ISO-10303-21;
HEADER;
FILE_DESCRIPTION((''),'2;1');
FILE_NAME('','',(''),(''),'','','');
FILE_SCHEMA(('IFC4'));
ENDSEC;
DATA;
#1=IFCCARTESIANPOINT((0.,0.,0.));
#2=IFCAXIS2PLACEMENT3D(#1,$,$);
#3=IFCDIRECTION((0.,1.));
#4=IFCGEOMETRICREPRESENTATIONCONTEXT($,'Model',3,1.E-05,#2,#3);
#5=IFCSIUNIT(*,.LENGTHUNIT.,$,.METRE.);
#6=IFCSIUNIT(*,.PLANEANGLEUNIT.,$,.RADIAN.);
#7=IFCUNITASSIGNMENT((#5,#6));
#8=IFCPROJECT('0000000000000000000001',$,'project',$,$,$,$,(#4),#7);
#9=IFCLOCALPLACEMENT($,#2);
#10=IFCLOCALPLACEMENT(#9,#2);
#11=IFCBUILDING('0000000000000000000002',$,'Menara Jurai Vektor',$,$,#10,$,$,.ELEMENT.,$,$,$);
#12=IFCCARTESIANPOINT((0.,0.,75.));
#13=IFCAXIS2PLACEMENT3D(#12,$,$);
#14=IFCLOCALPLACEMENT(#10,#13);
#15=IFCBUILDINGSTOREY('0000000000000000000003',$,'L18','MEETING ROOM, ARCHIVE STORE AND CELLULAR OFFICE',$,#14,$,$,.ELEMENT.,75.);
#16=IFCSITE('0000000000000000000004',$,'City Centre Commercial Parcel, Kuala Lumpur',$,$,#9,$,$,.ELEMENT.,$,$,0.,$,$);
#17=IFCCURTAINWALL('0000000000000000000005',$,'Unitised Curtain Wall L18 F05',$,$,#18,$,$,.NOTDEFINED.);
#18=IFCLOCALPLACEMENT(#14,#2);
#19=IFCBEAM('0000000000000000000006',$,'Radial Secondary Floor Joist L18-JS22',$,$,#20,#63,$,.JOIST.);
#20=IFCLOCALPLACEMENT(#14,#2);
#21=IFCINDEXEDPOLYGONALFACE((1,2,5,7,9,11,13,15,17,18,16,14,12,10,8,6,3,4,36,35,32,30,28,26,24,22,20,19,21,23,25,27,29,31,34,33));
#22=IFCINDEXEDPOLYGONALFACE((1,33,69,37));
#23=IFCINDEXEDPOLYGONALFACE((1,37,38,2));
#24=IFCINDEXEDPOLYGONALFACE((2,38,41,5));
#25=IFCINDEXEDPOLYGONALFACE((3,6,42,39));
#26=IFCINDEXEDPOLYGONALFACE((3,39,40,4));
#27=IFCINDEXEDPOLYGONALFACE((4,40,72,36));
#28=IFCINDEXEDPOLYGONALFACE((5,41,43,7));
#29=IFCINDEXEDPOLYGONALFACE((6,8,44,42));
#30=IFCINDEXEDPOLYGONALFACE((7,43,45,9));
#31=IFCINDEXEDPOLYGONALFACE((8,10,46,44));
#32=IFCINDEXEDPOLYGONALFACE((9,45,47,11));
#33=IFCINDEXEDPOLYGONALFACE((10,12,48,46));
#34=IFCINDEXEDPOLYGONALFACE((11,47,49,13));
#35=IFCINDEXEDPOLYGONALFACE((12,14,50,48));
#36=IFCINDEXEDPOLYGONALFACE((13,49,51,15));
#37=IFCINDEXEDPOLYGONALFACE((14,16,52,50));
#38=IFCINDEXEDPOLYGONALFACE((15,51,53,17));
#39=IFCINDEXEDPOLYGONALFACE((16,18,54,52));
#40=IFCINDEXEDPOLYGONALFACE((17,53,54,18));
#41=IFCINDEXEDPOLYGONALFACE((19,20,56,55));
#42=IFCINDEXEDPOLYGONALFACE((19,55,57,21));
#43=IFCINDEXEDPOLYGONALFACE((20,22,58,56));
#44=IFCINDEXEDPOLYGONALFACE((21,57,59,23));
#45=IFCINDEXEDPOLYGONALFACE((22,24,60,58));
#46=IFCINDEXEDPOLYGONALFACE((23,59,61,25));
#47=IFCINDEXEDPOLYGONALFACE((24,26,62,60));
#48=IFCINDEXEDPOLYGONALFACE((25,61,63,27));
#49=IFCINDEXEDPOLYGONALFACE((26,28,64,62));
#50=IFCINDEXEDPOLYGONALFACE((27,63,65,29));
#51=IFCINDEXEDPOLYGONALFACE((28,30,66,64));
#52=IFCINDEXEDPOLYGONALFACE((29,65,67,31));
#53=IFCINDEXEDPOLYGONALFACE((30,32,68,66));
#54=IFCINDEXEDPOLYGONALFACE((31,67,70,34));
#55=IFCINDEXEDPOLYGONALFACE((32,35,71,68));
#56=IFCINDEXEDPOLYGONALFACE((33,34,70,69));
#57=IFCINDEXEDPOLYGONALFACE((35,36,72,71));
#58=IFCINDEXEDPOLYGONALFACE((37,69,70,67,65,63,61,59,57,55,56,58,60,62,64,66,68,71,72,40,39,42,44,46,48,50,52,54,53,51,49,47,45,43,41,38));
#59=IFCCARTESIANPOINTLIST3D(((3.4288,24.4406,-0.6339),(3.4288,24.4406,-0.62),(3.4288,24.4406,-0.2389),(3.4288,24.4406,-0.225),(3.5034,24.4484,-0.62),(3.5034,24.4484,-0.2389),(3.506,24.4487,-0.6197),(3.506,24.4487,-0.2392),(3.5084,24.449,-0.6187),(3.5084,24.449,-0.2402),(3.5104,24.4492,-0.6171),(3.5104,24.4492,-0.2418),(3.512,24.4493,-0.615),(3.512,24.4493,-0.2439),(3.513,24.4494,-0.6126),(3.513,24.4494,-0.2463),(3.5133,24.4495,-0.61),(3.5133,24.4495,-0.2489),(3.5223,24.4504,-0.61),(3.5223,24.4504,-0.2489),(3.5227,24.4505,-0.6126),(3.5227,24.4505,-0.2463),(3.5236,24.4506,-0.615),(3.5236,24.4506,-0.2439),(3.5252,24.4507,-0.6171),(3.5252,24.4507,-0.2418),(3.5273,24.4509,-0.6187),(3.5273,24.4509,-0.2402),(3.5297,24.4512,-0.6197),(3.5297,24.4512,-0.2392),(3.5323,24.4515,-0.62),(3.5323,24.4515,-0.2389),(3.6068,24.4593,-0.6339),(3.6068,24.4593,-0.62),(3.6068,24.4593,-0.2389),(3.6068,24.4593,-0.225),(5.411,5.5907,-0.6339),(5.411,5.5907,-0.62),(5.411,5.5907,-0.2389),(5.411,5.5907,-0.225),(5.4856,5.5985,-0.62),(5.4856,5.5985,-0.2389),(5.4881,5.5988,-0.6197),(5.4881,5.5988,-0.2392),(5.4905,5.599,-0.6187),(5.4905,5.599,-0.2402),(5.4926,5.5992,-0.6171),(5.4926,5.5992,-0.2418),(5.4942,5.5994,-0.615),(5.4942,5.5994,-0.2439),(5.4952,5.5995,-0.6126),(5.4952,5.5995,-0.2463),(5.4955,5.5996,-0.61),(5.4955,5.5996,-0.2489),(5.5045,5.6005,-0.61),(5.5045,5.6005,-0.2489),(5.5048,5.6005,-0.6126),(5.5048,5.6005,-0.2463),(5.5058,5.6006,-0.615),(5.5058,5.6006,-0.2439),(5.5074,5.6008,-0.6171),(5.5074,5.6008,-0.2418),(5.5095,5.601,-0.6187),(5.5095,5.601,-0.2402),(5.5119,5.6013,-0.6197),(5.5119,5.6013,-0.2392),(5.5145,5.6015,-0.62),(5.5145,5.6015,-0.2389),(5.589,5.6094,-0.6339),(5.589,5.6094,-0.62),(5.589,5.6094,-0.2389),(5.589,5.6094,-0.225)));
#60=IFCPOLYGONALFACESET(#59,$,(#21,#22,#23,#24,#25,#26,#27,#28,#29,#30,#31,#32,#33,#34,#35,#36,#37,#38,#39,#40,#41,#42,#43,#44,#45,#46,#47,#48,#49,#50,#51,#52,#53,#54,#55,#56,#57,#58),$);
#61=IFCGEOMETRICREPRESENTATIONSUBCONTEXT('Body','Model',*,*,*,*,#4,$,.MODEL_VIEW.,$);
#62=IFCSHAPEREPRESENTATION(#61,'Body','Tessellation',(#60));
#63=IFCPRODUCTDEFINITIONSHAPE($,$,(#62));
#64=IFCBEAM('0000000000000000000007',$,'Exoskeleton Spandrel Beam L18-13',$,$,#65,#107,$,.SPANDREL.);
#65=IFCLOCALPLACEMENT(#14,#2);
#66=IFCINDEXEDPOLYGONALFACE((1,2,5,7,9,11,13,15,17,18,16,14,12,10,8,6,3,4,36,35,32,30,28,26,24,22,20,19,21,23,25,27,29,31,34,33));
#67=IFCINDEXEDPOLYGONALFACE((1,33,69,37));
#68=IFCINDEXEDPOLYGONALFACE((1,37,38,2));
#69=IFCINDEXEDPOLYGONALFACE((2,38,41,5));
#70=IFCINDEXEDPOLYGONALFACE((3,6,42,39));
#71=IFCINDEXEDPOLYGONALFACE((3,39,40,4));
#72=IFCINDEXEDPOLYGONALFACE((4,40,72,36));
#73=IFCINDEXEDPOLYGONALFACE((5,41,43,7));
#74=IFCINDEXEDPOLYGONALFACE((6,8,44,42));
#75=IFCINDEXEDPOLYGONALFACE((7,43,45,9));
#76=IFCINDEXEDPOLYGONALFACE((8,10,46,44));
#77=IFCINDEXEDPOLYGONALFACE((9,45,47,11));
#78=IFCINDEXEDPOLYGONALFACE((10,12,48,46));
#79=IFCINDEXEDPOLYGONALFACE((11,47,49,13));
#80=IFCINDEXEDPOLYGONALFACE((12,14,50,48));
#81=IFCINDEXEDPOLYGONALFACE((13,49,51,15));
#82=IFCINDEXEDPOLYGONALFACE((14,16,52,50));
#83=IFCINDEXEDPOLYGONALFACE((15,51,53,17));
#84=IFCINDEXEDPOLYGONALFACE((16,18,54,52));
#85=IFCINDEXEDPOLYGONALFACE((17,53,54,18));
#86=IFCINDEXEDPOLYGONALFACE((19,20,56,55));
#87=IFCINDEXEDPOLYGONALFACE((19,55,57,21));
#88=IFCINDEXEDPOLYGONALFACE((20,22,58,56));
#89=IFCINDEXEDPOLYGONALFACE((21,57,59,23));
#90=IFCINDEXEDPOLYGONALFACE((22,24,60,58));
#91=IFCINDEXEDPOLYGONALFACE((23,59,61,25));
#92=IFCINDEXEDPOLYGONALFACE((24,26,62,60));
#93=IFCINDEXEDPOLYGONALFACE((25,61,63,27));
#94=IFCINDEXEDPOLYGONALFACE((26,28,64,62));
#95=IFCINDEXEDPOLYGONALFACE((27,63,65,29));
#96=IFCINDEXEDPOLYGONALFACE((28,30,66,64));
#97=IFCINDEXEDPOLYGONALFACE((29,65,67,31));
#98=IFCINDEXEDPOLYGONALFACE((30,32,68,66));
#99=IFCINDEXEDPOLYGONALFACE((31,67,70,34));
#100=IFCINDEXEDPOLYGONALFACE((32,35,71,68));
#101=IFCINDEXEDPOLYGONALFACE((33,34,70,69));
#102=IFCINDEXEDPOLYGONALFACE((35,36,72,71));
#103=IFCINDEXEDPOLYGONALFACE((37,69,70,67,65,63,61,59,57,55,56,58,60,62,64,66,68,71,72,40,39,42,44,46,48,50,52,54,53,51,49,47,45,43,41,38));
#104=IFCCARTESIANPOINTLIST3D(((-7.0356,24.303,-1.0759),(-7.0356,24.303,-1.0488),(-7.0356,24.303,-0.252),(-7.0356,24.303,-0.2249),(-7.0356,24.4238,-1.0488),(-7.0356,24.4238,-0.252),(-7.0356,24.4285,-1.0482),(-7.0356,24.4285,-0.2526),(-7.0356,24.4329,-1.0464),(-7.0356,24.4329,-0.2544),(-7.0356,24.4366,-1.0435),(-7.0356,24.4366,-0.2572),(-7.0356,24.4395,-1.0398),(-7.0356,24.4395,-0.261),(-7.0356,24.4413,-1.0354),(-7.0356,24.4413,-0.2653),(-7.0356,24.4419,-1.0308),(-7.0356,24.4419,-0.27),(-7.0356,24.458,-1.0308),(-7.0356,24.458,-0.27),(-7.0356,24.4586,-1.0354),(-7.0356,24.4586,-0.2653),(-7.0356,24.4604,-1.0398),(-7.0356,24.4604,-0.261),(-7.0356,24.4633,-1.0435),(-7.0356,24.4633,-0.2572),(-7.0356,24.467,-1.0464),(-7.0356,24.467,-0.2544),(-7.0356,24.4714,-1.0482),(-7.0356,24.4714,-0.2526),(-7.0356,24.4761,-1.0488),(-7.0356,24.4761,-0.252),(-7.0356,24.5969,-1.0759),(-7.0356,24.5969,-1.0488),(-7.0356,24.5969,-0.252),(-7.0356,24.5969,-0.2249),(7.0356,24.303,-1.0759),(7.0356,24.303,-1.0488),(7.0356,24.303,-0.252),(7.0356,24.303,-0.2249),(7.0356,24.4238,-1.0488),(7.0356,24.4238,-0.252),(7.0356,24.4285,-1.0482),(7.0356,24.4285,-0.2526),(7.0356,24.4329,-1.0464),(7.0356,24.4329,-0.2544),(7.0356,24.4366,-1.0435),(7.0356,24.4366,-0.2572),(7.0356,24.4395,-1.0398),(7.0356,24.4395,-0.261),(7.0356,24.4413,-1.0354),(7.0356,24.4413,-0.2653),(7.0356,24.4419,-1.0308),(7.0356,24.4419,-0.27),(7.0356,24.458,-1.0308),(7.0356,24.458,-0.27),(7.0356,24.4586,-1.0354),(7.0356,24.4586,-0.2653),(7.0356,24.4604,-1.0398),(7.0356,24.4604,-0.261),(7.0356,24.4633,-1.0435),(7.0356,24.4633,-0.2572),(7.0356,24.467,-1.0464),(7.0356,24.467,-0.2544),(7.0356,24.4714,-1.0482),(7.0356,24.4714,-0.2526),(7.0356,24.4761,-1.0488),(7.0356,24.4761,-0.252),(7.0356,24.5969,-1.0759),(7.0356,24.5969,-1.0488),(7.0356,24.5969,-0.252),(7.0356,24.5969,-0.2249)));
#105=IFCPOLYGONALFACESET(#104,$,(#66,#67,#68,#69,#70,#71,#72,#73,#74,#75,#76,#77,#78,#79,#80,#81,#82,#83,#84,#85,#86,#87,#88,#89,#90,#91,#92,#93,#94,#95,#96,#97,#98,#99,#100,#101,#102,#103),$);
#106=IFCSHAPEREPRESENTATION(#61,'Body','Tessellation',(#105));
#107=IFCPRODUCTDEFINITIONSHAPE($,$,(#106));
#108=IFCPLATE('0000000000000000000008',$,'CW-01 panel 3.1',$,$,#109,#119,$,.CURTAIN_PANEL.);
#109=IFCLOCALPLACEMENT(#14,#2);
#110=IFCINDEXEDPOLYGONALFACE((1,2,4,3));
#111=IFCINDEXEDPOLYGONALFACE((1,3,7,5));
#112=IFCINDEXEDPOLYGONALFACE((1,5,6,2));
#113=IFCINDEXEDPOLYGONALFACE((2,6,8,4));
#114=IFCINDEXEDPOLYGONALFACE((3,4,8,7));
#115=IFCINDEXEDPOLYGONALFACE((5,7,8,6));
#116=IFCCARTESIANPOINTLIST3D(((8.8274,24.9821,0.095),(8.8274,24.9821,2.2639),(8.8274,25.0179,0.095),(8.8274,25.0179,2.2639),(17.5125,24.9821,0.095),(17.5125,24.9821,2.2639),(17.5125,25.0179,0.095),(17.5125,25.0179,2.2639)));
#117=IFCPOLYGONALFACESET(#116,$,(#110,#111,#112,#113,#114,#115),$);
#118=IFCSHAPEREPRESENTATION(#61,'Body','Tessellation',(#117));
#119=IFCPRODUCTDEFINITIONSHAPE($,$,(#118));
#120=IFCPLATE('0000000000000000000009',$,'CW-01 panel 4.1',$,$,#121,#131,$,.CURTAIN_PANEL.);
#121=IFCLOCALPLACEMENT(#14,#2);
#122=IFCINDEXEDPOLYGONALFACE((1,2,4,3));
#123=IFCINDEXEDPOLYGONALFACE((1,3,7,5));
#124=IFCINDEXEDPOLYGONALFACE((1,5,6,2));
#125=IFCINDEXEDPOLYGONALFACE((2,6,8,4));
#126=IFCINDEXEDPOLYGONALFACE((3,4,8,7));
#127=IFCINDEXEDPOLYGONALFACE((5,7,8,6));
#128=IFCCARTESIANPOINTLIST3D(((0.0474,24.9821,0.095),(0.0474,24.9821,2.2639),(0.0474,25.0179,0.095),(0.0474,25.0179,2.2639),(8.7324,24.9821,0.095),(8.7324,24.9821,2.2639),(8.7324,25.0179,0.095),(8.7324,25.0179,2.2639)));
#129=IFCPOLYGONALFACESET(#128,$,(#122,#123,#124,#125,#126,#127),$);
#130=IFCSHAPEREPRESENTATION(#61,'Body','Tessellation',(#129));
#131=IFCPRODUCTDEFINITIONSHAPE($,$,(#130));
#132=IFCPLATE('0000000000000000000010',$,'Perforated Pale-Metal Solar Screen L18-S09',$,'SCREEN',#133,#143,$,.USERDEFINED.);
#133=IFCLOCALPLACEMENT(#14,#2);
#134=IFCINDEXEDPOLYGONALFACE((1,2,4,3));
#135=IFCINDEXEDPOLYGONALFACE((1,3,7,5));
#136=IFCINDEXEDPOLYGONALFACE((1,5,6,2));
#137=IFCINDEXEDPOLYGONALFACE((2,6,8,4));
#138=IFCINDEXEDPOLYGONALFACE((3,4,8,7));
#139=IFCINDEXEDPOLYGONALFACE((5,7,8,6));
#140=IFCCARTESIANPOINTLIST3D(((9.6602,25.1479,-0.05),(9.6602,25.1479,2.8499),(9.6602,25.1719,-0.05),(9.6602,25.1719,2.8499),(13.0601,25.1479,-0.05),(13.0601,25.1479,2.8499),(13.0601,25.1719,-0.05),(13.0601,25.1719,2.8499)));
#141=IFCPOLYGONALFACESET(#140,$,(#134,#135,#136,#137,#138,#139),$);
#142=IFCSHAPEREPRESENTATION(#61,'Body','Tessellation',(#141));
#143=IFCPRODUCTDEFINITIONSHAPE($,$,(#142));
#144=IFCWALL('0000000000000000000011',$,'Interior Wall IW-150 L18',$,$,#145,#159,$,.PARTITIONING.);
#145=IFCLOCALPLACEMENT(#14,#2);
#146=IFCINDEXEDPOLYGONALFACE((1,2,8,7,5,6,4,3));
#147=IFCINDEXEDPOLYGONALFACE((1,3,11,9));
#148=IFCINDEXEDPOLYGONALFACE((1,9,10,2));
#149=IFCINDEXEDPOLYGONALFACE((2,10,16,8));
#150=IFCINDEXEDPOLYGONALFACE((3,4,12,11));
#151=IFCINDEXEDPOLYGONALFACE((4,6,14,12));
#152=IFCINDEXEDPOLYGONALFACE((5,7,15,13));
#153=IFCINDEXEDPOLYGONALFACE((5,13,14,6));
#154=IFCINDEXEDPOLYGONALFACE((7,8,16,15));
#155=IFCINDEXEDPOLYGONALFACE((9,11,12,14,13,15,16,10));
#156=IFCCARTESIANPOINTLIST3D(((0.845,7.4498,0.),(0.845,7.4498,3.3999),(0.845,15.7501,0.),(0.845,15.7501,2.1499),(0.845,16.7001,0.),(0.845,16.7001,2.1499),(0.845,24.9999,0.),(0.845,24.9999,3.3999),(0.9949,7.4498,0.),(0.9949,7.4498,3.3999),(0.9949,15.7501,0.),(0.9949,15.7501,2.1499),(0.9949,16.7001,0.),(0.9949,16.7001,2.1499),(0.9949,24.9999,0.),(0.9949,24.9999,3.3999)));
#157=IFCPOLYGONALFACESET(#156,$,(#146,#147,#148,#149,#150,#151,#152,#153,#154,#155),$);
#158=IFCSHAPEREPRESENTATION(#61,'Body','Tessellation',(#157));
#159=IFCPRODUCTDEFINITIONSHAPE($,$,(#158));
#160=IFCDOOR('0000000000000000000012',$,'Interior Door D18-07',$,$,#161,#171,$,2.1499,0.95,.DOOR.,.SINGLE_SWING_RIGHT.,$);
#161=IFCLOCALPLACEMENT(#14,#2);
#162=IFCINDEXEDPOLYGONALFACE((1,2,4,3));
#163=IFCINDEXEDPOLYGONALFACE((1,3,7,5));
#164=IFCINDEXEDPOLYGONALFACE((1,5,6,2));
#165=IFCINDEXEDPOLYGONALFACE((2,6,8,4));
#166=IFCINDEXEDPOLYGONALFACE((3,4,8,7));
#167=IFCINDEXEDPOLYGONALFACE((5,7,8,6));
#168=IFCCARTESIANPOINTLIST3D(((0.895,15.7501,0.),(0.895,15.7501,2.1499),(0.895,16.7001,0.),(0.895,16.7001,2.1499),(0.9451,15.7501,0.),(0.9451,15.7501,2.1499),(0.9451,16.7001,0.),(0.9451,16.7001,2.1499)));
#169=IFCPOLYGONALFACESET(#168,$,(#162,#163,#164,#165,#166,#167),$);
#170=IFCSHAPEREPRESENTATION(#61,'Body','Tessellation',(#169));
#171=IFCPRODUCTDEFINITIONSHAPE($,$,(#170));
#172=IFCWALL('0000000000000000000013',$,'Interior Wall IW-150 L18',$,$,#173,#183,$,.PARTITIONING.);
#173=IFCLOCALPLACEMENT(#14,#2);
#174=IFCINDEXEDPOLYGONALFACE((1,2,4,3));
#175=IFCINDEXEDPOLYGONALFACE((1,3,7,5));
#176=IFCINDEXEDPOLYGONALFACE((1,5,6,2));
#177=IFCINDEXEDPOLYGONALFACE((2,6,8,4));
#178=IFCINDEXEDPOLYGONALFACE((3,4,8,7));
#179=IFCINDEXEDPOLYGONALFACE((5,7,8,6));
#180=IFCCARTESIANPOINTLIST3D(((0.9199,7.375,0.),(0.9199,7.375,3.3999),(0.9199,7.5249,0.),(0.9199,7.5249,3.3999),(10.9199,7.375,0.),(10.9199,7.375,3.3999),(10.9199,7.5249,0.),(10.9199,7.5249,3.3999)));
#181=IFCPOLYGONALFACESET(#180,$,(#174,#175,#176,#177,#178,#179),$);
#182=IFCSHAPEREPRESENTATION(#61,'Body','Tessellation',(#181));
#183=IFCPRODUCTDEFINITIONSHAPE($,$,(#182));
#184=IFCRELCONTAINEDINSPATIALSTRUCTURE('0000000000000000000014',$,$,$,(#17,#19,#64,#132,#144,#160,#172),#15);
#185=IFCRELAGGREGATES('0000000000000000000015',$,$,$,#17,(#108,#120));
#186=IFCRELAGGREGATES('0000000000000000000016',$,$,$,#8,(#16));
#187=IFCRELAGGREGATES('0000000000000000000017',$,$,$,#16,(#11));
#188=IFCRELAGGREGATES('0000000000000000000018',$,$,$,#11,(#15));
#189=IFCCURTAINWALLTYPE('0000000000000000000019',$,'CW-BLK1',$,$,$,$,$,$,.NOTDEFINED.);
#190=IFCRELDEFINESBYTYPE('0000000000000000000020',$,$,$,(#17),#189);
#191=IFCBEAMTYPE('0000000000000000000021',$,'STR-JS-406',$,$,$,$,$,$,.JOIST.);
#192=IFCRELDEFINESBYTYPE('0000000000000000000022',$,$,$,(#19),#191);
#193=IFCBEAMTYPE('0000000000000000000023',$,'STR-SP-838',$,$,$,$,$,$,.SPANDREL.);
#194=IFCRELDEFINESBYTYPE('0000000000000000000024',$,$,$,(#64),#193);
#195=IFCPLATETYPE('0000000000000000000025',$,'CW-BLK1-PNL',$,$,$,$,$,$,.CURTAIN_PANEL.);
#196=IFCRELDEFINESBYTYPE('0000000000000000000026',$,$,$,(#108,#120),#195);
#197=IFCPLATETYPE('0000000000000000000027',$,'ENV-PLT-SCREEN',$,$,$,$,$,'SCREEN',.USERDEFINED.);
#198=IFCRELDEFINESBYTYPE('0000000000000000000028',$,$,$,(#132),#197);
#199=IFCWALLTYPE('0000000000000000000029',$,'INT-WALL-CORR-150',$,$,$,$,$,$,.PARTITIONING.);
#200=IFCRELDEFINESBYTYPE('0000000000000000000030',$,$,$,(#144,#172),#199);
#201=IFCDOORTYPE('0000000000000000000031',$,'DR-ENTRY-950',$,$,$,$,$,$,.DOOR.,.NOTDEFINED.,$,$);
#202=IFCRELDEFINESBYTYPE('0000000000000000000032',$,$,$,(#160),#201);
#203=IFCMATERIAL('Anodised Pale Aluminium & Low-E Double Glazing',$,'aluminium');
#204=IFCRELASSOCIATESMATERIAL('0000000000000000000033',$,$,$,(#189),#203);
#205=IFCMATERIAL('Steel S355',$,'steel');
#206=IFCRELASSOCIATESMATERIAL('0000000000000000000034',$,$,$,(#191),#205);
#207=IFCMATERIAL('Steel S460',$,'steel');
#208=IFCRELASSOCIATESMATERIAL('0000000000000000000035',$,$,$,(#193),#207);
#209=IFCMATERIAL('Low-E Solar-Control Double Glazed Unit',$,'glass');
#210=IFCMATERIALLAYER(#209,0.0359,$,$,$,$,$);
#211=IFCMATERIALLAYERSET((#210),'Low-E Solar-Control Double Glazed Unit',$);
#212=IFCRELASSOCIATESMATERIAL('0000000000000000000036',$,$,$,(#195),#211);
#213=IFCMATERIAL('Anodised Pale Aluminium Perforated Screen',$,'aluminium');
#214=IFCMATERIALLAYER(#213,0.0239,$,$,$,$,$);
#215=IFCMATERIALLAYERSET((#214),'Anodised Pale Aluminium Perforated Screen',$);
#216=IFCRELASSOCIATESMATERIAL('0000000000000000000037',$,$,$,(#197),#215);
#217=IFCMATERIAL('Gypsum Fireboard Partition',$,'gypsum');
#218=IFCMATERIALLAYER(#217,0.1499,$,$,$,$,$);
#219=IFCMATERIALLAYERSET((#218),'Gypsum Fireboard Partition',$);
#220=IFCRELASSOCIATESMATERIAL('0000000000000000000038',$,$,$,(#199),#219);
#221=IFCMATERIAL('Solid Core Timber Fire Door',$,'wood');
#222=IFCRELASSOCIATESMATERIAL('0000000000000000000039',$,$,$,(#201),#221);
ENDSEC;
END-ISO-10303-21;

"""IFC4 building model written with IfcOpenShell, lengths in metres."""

from ifc_helpers import new_model, si_unit, direction, frame, frame_2d, origin, origin_2d, place, context, subcontext, project, spatial, rectangle, i_section, extrude, material, layer, layer_set, material_profile, profile_set, type_object, element, fill, aggregate, save


model = new_model("IFC4")

# Units and contexts
model_context = context("Model", 3, precision=1e-05, world=origin(), true_north=direction((0.0, 1.0)))
body_context = subcontext(model_context, "Body", "Model", "MODEL_VIEW")
ifc_project = project(units=[si_unit("LENGTHUNIT", "METRE"), si_unit("PLANEANGLEUNIT", "RADIAN")], contexts=[model_context])

# Site, building, storey
site_placement = place(None, origin())
site = spatial("IfcSite", under=ifc_project, at=site_placement, Name="City Centre Commercial Parcel, Kuala Lumpur", CompositionType="ELEMENT", RefElevation=0.0)
building_placement = place(site_placement, origin())
building = spatial("IfcBuilding", under=site, at=building_placement, Name="Menara Jurai Vektor", CompositionType="ELEMENT")
storey_placement = place(building_placement, frame((0.0, 0.0, 75.0)))
storey = spatial("IfcBuildingStorey", under=building, at=storey_placement, Name="L18", Description="MEETING ROOM, ARCHIVE STORE AND CELLULAR OFFICE", CompositionType="ELEMENT", Elevation=75.0)

# Shared definitions
ifc_material_1 = material(Name="Steel S355", Category="steel")
ifc_material_2 = material(Name="Steel S460", Category="steel")

# Curtain wall
ifc_material_3 = material(Name="Anodised Pale Aluminium & Low-E Double Glazing", Category="aluminium")
curtain_wall_type = type_object("IfcCurtainWallType", Name="CW-BLK1", PredefinedType="NOTDEFINED", material=ifc_material_3)
curtain_wall_placement = place(storey_placement, origin())
curtain_wall = element("IfcCurtainWall", 1, at=curtain_wall_placement, inside=storey, type_object=curtain_wall_type, Name="Unitised Curtain Wall L18 F05", PredefinedType="NOTDEFINED")

# Beams
ifc_material_profile_1 = material_profile(ifc_material_1, i_section(OverallWidth=0.179, OverallDepth=0.4089, WebThickness=0.009, FlangeThickness=0.0139, FilletRadius=0.01, at=origin_2d()), Name="UKB 406x178x67")
ifc_profile_set_1 = profile_set([ifc_material_profile_1], Name="Steel S355")
beam_type_1 = type_object("IfcBeamType", Name="STR-JS-406", PredefinedType="JOIST", material=ifc_profile_set_1)
beam_1_placement = place(storey_placement, frame((3.5178, 24.45, -0.4294), z_axis=(0.10458, -0.994517, 0.0), x_axis=(0.994517, 0.10458, 0.0)))
element("IfcBeam", 2, at=beam_1_placement, inside=storey, type_object=beam_type_1, Name="Radial Secondary Floor Joist L18-JS22", PredefinedType="JOIST", context=body_context, shape_type="SweptSolid", body=[
    extrude(i_section(OverallWidth=0.179, OverallDepth=0.4089, WebThickness=0.009, FlangeThickness=0.0139, FilletRadius=0.01, at=origin_2d()), origin(), (0.0, 0.0, 1.0), 18.9539),
])
ifc_material_profile_2 = material_profile(ifc_material_2, i_section(OverallWidth=0.2939, OverallDepth=0.8511, WebThickness=0.0161, FlangeThickness=0.0271, FilletRadius=0.0181, at=origin_2d()), Name="UKB 838x292x226")
ifc_profile_set_2 = profile_set([ifc_material_profile_2], Name="Steel S460")
beam_type_2 = type_object("IfcBeamType", Name="STR-SP-838", PredefinedType="SPANDREL", material=ifc_profile_set_2)
beam_2_placement = place(storey_placement, frame((7.0356, 24.45, -0.6504), z_axis=(-1.0, 0.0, 0.0), x_axis=(0.0, -1.0, 0.0)))
element("IfcBeam", 3, at=beam_2_placement, inside=storey, type_object=beam_type_2, Name="Exoskeleton Spandrel Beam L18-13", PredefinedType="SPANDREL", context=body_context, shape_type="SweptSolid", body=[
    extrude(i_section(OverallWidth=0.2939, OverallDepth=0.8511, WebThickness=0.0161, FlangeThickness=0.0271, FilletRadius=0.0181, at=origin_2d()), origin(), (0.0, 0.0, 1.0), 14.0713),
])

# Plates
ifc_material_4 = material(Name="Low-E Solar-Control Double Glazed Unit", Category="glass")
ifc_layer_1 = layer(ifc_material_4, 0.0359)
ifc_layer_set_1 = layer_set([ifc_layer_1], Name="Low-E Solar-Control Double Glazed Unit")
plate_type_1 = type_object("IfcPlateType", Name="CW-BLK1-PNL", PredefinedType="CURTAIN_PANEL", material=ifc_layer_set_1)
plate_1_placement = place(storey_placement, frame((13.1699, 25.0, 0.095), z_axis=(0.0, 0.0, 1.0), x_axis=(-1.0, 0.0, 0.0)))
plate_1 = element("IfcPlate", 4, at=plate_1_placement, type_object=plate_type_1, Name="CW-01 panel 3.1", PredefinedType="CURTAIN_PANEL", context=body_context, shape_type="SweptSolid", body=[
    extrude(rectangle(XDim=8.6851, YDim=0.0359, at=origin_2d()), origin(), (0.0, 0.0, 1.0), 2.1689),
])
plate_2_placement = place(storey_placement, frame((4.3899, 25.0, 0.095), z_axis=(0.0, 0.0, 1.0), x_axis=(-1.0, 0.0, 0.0)))
plate_2 = element("IfcPlate", 5, at=plate_2_placement, type_object=plate_type_1, Name="CW-01 panel 4.1", PredefinedType="CURTAIN_PANEL", context=body_context, shape_type="SweptSolid", body=[
    extrude(rectangle(XDim=8.6851, YDim=0.0359, at=origin_2d()), origin(), (0.0, 0.0, 1.0), 2.1689),
])
aggregate(curtain_wall, [plate_1, plate_2])
ifc_material_5 = material(Name="Anodised Pale Aluminium Perforated Screen", Category="aluminium")
ifc_layer_2 = layer(ifc_material_5, 0.0239)
ifc_layer_set_2 = layer_set([ifc_layer_2], Name="Anodised Pale Aluminium Perforated Screen")
plate_type_2 = type_object("IfcPlateType", Name="ENV-PLT-SCREEN", ElementType="SCREEN", PredefinedType="USERDEFINED", material=ifc_layer_set_2)
plate_3_placement = place(storey_placement, frame((11.3601, 25.1599, -0.05), z_axis=(0.0, 0.0, 1.0), x_axis=(-1.0, 0.0, 0.0)))
element("IfcPlate", 6, at=plate_3_placement, inside=storey, type_object=plate_type_2, Name="Perforated Pale-Metal Solar Screen L18-S09", ObjectType="SCREEN", PredefinedType="USERDEFINED", context=body_context, shape_type="SweptSolid", body=[
    extrude(rectangle(XDim=3.3999, YDim=0.0239, at=origin_2d()), origin(), (0.0, 0.0, 1.0), 2.8999),
])

# Wall, opening, door
ifc_material_6 = material(Name="Gypsum Fireboard Partition", Category="gypsum")
ifc_layer_3 = layer(ifc_material_6, 0.1499)
ifc_layer_set_3 = layer_set([ifc_layer_3], Name="Gypsum Fireboard Partition")
wall_type_1 = type_object("IfcWallType", Name="INT-WALL-CORR-150", PredefinedType="PARTITIONING", material=ifc_layer_set_3)
wall_1_placement = place(storey_placement, frame((0.9199, 7.45, 0.0), z_axis=(0.0, 0.0, 1.0), x_axis=(0.0, 1.0, 0.0)))
wall_1 = element("IfcWall", 7, at=wall_1_placement, inside=storey, type_object=wall_type_1, Name="Interior Wall IW-150 L18", PredefinedType="PARTITIONING", context=body_context, shape_type="SweptSolid", body=[
    extrude(rectangle(XDim=17.55, YDim=0.1499, at=frame_2d((8.7749, 0.0))), origin(), (0.0, 0.0, 1.0), 3.3999),
])
opening_1_placement = place(wall_1_placement, frame((8.3, 0.0, 0.0)))
opening_1 = element("IfcOpeningElement", 8, at=opening_1_placement, cuts=wall_1, PredefinedType="OPENING", context=body_context, shape_type="SweptSolid", body=[
    extrude(rectangle(XDim=0.95, YDim=2.1499, at=frame_2d((0.4751, 1.075))), frame((0.0, 0.085, 0.0), z_axis=(0.0, -1.0, 0.0), x_axis=(1.0, 0.0, 0.0)), (0.0, 0.0, 1.0), 0.1699),
])
ifc_material_7 = material(Name="Solid Core Timber Fire Door", Category="wood")
door_type = type_object("IfcDoorType", Name="DR-ENTRY-950", OperationType="NOTDEFINED", PredefinedType="DOOR", material=ifc_material_7)
door_1_placement = place(opening_1_placement, origin())
door_1 = element("IfcDoor", 9, at=door_1_placement, inside=storey, type_object=door_type, Name="Interior Door D18-07", OperationType="SINGLE_SWING_RIGHT", OverallHeight=2.1499, OverallWidth=0.95, PredefinedType="DOOR", context=body_context, shape_type="SweptSolid", body=[
    extrude(rectangle(XDim=0.95, YDim=2.1499, at=frame_2d((0.4751, 1.075))), frame((0.0, 0.0249, 0.0), z_axis=(0.0, -1.0, 0.0), x_axis=(1.0, 0.0, 0.0)), (0.0, 0.0, 1.0), 0.05),
])
fill(opening_1, door_1)

# Wall
wall_2_placement = place(storey_placement, frame((0.9199, 7.45, 0.0), z_axis=(0.0, 0.0, 1.0), x_axis=(1.0, 0.0, 0.0)))
element("IfcWall", 10, at=wall_2_placement, inside=storey, type_object=wall_type_1, Name="Interior Wall IW-150 L18", PredefinedType="PARTITIONING", context=body_context, shape_type="SweptSolid", body=[
    extrude(rectangle(XDim=10.0, YDim=0.1499, at=frame_2d((5.0, 0.0))), origin(), (0.0, 0.0, 1.0), 3.3999),
])

save(model, "model.ifc")
